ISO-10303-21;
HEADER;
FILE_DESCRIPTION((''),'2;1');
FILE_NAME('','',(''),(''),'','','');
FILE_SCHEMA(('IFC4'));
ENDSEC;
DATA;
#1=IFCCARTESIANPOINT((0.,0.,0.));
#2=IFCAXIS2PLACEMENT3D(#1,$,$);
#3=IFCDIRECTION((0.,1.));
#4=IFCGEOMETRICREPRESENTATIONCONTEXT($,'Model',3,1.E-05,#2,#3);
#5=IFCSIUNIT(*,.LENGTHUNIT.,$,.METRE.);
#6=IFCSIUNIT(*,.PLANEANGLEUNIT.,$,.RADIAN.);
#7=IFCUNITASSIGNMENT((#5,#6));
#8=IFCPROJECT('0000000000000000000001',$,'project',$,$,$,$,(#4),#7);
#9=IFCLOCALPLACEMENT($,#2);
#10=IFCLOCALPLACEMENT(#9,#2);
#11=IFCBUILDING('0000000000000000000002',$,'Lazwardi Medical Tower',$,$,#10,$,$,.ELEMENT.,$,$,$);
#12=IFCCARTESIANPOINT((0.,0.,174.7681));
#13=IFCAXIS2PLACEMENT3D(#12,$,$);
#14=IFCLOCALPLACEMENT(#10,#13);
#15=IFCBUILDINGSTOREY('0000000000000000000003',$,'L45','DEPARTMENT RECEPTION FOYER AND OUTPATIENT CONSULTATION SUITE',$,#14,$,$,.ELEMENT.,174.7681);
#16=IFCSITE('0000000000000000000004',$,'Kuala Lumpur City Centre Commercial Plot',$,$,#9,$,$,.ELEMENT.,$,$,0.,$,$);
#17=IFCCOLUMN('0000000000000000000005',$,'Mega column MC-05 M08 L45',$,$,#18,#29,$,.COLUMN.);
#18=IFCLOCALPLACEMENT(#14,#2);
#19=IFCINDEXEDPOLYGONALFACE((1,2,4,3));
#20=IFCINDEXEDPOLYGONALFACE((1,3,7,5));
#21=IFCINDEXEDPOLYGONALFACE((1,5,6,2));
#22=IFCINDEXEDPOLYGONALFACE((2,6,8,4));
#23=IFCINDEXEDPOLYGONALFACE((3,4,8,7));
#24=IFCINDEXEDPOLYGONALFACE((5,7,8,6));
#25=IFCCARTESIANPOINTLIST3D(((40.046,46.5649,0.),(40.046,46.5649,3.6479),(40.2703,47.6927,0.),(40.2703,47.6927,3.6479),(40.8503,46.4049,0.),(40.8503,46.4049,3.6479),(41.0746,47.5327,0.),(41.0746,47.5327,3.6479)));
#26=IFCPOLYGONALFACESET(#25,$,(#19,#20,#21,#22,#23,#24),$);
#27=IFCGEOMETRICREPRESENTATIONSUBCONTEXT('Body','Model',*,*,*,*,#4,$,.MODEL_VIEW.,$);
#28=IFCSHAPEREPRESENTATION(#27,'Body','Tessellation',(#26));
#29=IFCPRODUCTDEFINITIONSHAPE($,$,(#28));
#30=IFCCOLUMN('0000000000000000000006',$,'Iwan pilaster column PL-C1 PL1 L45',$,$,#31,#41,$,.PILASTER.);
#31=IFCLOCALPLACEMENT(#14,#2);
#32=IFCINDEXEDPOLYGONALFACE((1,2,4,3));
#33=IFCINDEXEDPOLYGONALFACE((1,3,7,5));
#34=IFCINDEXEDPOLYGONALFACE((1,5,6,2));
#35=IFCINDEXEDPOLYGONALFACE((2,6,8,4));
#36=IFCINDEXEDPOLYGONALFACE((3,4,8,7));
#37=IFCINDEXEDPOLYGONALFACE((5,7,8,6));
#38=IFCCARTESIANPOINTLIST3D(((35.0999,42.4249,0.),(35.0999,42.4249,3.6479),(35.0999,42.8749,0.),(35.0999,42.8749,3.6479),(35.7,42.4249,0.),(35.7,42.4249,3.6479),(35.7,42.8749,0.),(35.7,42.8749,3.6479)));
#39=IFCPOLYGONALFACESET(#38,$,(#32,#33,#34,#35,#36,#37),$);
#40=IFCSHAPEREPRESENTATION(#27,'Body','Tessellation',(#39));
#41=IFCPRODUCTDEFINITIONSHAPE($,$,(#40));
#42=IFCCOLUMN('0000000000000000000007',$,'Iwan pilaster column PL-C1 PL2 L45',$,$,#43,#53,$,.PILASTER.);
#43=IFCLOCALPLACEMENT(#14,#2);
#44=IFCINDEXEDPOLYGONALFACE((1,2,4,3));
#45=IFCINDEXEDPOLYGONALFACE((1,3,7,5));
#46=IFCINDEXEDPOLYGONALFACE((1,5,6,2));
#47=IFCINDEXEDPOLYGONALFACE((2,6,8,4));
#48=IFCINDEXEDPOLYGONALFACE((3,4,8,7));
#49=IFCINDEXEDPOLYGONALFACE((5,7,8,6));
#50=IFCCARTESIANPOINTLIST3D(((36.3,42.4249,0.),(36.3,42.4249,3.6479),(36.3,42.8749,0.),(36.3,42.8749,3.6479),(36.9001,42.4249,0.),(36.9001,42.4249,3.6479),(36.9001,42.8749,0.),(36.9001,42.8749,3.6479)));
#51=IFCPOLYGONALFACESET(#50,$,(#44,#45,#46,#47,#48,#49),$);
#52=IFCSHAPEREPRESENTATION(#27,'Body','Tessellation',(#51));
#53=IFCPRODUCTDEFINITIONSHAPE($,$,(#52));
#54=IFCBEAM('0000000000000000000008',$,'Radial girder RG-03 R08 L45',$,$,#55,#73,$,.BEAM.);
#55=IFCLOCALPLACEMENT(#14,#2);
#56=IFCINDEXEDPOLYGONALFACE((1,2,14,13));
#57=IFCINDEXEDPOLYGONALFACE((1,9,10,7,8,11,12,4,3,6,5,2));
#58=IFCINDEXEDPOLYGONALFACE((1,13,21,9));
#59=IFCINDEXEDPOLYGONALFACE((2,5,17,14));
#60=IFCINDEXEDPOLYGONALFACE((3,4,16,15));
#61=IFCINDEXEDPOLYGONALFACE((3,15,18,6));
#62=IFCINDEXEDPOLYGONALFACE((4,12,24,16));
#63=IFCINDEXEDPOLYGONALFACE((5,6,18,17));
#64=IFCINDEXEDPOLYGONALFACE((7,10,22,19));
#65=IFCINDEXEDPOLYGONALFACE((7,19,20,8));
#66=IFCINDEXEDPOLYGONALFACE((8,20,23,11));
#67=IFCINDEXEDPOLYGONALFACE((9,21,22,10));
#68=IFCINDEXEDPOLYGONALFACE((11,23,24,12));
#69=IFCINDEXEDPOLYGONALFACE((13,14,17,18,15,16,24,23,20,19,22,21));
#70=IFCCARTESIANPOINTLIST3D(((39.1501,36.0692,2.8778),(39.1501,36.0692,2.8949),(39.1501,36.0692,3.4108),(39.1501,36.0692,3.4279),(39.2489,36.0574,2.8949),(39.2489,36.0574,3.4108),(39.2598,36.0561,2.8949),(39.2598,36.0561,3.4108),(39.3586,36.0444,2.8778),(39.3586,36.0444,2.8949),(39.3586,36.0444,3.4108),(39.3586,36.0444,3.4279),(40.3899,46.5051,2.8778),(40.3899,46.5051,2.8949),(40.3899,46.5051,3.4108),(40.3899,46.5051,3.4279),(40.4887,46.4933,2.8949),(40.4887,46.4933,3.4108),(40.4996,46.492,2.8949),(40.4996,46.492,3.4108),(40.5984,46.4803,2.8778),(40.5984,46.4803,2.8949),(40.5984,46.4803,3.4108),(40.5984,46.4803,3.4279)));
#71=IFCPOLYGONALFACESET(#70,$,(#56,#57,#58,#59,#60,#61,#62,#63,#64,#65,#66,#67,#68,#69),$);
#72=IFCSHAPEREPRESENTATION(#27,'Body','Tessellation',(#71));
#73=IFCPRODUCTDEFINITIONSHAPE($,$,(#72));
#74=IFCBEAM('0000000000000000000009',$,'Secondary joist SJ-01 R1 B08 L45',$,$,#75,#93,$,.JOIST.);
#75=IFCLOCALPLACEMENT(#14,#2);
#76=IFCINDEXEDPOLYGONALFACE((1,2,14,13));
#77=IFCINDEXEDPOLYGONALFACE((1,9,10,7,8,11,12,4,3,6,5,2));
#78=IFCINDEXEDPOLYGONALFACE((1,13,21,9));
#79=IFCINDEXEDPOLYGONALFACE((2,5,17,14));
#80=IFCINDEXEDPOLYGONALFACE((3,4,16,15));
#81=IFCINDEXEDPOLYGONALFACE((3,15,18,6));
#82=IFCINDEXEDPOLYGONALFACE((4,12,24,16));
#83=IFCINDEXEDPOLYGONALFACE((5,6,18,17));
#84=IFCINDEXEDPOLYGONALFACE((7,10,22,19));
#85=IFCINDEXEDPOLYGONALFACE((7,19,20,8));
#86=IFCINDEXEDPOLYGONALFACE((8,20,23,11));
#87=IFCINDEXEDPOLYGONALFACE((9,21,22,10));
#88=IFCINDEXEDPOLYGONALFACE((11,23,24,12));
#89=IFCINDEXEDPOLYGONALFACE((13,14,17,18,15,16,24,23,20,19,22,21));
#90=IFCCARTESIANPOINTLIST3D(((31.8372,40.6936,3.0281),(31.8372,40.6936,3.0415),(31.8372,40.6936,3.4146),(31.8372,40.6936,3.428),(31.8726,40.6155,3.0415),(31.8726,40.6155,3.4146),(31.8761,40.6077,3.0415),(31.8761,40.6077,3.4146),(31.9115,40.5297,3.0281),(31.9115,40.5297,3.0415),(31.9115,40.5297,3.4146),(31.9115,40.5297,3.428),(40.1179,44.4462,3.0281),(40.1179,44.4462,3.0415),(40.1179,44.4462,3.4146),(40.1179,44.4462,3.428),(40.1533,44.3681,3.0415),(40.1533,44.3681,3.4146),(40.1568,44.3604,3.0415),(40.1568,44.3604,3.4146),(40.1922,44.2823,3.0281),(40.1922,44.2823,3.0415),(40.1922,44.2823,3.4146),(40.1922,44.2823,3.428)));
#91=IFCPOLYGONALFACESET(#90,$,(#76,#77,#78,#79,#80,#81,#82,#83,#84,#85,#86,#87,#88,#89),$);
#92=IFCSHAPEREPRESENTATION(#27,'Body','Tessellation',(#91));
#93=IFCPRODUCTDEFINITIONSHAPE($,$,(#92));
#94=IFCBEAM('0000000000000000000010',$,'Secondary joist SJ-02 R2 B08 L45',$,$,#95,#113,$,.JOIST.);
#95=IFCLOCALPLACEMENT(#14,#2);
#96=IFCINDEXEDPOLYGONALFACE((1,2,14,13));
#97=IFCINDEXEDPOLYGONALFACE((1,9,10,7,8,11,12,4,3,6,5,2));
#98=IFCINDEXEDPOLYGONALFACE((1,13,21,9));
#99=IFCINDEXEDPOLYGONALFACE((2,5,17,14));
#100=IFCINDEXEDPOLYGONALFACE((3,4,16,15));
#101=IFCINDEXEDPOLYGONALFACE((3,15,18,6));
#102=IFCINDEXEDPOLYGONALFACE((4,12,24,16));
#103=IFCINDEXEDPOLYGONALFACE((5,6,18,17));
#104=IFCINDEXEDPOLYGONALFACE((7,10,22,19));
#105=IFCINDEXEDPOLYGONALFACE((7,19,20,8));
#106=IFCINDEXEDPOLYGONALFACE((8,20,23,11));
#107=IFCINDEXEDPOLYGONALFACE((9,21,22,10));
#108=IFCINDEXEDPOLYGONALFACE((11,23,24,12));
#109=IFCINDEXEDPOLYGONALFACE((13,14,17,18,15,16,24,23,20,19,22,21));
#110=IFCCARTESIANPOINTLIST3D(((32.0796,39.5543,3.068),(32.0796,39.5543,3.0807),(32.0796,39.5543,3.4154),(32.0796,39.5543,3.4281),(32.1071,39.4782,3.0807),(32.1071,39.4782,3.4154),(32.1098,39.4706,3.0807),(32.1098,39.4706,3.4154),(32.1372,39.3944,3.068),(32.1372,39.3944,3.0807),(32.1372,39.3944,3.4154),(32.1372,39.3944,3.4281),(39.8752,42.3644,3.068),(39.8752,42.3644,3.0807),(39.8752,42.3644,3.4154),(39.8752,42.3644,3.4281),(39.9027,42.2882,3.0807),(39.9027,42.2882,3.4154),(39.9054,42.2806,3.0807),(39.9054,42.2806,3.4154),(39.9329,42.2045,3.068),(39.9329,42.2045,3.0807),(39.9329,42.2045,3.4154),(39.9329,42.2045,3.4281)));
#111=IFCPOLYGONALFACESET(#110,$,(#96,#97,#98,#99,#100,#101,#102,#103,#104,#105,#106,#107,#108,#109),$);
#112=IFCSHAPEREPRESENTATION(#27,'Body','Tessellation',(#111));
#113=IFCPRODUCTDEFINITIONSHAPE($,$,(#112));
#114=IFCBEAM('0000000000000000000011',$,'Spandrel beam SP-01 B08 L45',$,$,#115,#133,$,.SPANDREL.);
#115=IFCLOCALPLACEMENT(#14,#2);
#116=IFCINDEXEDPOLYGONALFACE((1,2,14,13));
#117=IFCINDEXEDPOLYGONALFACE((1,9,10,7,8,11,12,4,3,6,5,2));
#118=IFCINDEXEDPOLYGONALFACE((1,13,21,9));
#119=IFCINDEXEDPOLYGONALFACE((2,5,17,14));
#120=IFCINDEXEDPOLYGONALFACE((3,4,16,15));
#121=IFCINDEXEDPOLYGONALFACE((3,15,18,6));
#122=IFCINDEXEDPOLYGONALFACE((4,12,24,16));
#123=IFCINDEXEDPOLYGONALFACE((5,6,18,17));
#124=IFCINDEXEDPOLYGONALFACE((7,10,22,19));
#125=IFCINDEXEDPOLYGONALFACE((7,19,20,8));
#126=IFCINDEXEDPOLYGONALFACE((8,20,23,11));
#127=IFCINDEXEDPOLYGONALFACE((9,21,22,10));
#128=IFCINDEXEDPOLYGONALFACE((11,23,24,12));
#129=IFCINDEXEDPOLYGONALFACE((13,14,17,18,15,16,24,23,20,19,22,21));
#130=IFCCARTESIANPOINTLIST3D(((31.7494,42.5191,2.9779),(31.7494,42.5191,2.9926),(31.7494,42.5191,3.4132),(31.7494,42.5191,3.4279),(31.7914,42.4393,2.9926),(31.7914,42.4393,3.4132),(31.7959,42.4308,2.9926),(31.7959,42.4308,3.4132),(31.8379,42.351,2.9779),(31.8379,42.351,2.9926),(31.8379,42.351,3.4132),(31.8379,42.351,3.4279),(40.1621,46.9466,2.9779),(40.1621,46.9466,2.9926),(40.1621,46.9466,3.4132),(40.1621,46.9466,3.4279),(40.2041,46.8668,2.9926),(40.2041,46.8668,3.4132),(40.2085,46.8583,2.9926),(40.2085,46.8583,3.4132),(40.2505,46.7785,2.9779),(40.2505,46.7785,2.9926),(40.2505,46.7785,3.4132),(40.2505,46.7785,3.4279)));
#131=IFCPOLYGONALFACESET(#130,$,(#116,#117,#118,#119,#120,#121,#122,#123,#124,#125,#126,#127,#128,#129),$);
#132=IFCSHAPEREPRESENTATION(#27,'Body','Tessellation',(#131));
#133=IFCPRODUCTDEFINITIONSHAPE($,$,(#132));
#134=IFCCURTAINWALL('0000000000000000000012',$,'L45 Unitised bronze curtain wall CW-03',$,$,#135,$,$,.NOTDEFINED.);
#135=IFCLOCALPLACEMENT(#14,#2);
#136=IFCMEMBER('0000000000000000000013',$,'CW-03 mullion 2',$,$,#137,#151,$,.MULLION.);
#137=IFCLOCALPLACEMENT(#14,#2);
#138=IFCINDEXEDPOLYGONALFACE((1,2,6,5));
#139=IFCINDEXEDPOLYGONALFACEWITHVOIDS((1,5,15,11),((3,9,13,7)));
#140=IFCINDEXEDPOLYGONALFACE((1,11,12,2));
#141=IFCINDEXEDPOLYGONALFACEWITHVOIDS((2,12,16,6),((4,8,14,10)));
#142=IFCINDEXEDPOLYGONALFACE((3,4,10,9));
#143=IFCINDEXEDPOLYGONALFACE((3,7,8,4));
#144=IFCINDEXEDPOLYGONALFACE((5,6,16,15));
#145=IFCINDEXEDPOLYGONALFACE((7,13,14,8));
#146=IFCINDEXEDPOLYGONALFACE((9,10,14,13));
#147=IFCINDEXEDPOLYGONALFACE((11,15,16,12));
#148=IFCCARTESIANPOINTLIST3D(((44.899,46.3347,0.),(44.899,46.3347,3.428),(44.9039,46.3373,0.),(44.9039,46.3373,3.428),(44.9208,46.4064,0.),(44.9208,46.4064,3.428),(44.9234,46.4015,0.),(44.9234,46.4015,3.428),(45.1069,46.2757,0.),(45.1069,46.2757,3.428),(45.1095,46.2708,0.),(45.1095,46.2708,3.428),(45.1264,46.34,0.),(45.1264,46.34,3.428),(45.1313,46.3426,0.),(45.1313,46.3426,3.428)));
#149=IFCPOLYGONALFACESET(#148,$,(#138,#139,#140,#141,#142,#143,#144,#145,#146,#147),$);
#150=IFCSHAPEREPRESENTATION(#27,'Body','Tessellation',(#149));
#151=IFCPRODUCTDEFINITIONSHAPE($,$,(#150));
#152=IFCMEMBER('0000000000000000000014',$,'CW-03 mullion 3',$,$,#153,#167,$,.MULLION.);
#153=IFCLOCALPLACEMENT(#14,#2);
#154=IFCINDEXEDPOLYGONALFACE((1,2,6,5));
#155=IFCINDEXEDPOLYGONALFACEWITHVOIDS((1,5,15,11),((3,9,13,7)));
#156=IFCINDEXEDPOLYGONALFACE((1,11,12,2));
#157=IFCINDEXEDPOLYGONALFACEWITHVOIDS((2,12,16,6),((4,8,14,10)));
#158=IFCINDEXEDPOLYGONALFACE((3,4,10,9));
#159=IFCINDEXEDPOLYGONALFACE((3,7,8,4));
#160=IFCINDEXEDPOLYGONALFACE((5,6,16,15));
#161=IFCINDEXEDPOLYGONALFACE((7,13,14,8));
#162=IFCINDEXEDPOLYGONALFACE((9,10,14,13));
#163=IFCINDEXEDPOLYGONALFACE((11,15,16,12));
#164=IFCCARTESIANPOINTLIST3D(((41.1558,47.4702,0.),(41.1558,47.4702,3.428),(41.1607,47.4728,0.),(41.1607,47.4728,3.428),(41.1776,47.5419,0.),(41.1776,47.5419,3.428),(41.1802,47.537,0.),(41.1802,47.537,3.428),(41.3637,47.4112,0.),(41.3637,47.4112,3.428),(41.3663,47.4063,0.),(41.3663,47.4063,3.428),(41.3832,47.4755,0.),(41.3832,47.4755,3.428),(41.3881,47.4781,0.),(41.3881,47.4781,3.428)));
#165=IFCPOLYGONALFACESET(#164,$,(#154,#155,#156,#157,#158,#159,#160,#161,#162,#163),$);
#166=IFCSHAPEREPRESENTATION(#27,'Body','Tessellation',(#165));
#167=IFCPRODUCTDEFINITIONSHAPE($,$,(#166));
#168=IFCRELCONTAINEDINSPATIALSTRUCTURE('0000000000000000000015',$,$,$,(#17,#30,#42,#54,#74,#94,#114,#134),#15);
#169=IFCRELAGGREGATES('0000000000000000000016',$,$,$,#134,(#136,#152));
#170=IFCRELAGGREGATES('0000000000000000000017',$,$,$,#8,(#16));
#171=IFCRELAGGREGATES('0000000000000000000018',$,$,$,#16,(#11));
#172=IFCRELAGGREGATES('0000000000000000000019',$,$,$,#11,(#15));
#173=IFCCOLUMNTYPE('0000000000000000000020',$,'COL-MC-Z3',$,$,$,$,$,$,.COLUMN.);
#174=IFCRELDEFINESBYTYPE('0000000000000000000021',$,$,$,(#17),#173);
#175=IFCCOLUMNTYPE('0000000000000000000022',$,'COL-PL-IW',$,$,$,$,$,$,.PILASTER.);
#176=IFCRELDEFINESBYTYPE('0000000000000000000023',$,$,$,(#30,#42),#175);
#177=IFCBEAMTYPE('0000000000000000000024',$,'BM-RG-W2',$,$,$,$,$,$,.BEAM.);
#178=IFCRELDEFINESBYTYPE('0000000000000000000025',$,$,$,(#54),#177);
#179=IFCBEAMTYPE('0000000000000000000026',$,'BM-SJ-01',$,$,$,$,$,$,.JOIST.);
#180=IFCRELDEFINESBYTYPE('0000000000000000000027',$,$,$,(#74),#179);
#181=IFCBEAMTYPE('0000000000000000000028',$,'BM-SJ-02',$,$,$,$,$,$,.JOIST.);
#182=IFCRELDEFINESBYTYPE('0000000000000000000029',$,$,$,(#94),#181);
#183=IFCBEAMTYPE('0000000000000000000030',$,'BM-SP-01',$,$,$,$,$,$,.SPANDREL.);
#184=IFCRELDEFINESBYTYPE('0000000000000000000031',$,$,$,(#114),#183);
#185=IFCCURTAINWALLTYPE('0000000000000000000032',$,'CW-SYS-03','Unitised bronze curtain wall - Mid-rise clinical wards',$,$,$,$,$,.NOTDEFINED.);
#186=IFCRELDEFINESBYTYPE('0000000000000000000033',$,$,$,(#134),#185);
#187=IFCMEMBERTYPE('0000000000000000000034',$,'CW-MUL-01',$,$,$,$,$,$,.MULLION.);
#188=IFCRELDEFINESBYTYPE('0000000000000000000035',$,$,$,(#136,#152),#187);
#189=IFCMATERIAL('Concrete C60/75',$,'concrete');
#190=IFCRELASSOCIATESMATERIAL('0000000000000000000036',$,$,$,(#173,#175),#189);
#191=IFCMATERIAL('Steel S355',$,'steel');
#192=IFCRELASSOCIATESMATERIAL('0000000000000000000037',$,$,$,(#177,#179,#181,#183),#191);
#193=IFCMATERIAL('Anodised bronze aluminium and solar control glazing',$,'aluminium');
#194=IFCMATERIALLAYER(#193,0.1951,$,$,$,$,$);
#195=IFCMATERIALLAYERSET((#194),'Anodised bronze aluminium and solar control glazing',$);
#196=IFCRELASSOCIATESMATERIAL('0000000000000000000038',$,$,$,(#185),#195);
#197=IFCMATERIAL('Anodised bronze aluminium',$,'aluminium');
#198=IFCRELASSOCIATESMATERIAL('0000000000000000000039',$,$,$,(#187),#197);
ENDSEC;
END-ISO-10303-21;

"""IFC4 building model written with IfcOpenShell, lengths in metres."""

from ifc_helpers import new_model, si_unit, direction, frame, origin, origin_2d, place, context, subcontext, project, spatial, rectangle, hollow_rectangle, i_section, extrude, material, layer, layer_set, material_profile, profile_set, type_object, element, aggregate, save


model = new_model("IFC4")

# Units and contexts
model_context = context("Model", 3, precision=1e-05, world=origin(), true_north=direction((0.0, 1.0)))
body_context = subcontext(model_context, "Body", "Model", "MODEL_VIEW")
ifc_project = project(units=[si_unit("LENGTHUNIT", "METRE"), si_unit("PLANEANGLEUNIT", "RADIAN")], contexts=[model_context])

# Site, building, storey
site_placement = place(None, origin())
site = spatial("IfcSite", under=ifc_project, at=site_placement, Name="Kuala Lumpur City Centre Commercial Plot", CompositionType="ELEMENT", RefElevation=0.0)
building_placement = place(site_placement, origin())
building = spatial("IfcBuilding", under=site, at=building_placement, Name="Lazwardi Medical Tower", CompositionType="ELEMENT")
storey_placement = place(building_placement, frame((0.0, 0.0, 174.7681)))
storey = spatial("IfcBuildingStorey", under=building, at=storey_placement, Name="L45", Description="DEPARTMENT RECEPTION FOYER AND OUTPATIENT CONSULTATION SUITE", CompositionType="ELEMENT", Elevation=174.7681)

# Columns
ifc_material_1 = material(Name="Concrete C60/75", Category="concrete")
ifc_material_profile_1 = material_profile(ifc_material_1, rectangle(XDim=1.1499, YDim=0.8201, at=origin_2d()), Name="CFT-RECT 1150x820")
ifc_profile_set_1 = profile_set([ifc_material_profile_1], Name="Concrete C60/75")
column_type_1 = type_object("IfcColumnType", Name="COL-MC-Z3", PredefinedType="COLUMN", material=ifc_profile_set_1)
column_placement = place(storey_placement, frame((40.5603, 47.0488, 0.0), z_axis=(0.0, 0.0, 1.0), x_axis=(0.19509, 0.980785, 0.0)))
element("IfcColumn", 1, at=column_placement, inside=storey, type_object=column_type_1, Name="Mega column MC-05 M08 L45", PredefinedType="COLUMN", context=body_context, shape_type="SweptSolid", body=[
    extrude(rectangle(XDim=1.1499, YDim=0.8201, at=origin_2d()), origin(), (0.0, 0.0, 1.0), 3.6479),
])
ifc_material_profile_2 = material_profile(ifc_material_1, rectangle(XDim=0.6001, YDim=0.45, at=origin_2d()), Name="RC 600x450")
ifc_profile_set_2 = profile_set([ifc_material_profile_2], Name="Concrete C60/75")
column_type_2 = type_object("IfcColumnType", Name="COL-PL-IW", PredefinedType="PILASTER", material=ifc_profile_set_2)
for number, where, z_axis, x_axis, name in (
    (2, (35.3999, 42.6499, 0.0), (0.0, 0.0, 1.0), (1.0, 0.0, 0.0), "Iwan pilaster column PL-C1 PL1 L45"),
    (3, (36.6001, 42.6499, 0.0), (0.0, 0.0, 1.0), (1.0, 0.0, 0.0), "Iwan pilaster column PL-C1 PL2 L45"),
):
    element("IfcColumn", number, at=place(storey_placement, frame(where, z_axis=z_axis, x_axis=x_axis)), inside=storey, type_object=column_type_2, Name=name, PredefinedType="PILASTER", context=body_context, shape_type="SweptSolid", body=[
        extrude(rectangle(XDim=0.6001, YDim=0.45, at=origin_2d()), origin(), (0.0, 0.0, 1.0), 3.6479),
    ])

# Beams
ifc_material_2 = material(Name="Steel S355", Category="steel")
ifc_material_profile_3 = material_profile(ifc_material_2, i_section(OverallWidth=0.21, OverallDepth=0.55, WebThickness=0.011, FlangeThickness=0.0171, at=origin_2d()), Name="IPE 550")
ifc_profile_set_3 = profile_set([ifc_material_profile_3], Name="Steel S355")
beam_type_1 = type_object("IfcBeamType", Name="BM-RG-W2", PredefinedType="BEAM", material=ifc_profile_set_3)
beam_1_placement = place(storey_placement, frame((40.4941, 46.4927, 3.1528), z_axis=(-0.117968, -0.993017, 0.0), x_axis=(0.993017, -0.117968, 0.0)))
element("IfcBeam", 4, at=beam_1_placement, inside=storey, type_object=beam_type_1, Name="Radial girder RG-03 R08 L45", PredefinedType="BEAM", context=body_context, shape_type="SweptSolid", body=[
    extrude(i_section(OverallWidth=0.21, OverallDepth=0.55, WebThickness=0.011, FlangeThickness=0.0171, at=origin_2d()), origin(), (0.0, 0.0, 1.0), 10.5093),
])
ifc_material_profile_4 = material_profile(ifc_material_2, i_section(OverallWidth=0.1799, OverallDepth=0.3999, WebThickness=0.0085, FlangeThickness=0.0134, at=origin_2d()), Name="IPE 400")
ifc_profile_set_4 = profile_set([ifc_material_profile_4], Name="Steel S355")
beam_type_2 = type_object("IfcBeamType", Name="BM-SJ-01", PredefinedType="JOIST", material=ifc_profile_set_4)
beam_2_placement = place(storey_placement, frame((40.155, 44.3643, 3.228), z_axis=(-0.910834, -0.412773, 0.0), x_axis=(0.412773, -0.910834, 0.0)))
element("IfcBeam", 5, at=beam_2_placement, inside=storey, type_object=beam_type_2, Name="Secondary joist SJ-01 R1 B08 L45", PredefinedType="JOIST", context=body_context, shape_type="SweptSolid", body=[
    extrude(i_section(OverallWidth=0.1799, OverallDepth=0.3999, WebThickness=0.0085, FlangeThickness=0.0134, at=origin_2d()), origin(), (0.0, 0.0, 1.0), 9.0913),
])
ifc_material_profile_5 = material_profile(ifc_material_2, i_section(OverallWidth=0.1699, OverallDepth=0.3601, WebThickness=0.0081, FlangeThickness=0.0127, at=origin_2d()), Name="IPE 360")
ifc_profile_set_5 = profile_set([ifc_material_profile_5], Name="Steel S355")
beam_type_3 = type_object("IfcBeamType", Name="BM-SJ-02", PredefinedType="JOIST", material=ifc_profile_set_5)
beam_3_placement = place(storey_placement, frame((39.9041, 42.2844, 3.248), z_axis=(-0.940748, -0.339106, 0.0), x_axis=(0.339106, -0.940748, 0.0)))
element("IfcBeam", 6, at=beam_3_placement, inside=storey, type_object=beam_type_3, Name="Secondary joist SJ-02 R2 B08 L45", PredefinedType="JOIST", context=body_context, shape_type="SweptSolid", body=[
    extrude(i_section(OverallWidth=0.1699, OverallDepth=0.3601, WebThickness=0.0081, FlangeThickness=0.0127, at=origin_2d()), origin(), (0.0, 0.0, 1.0), 8.2866),
])
ifc_material_profile_6 = material_profile(ifc_material_2, i_section(OverallWidth=0.1899, OverallDepth=0.45, WebThickness=0.0095, FlangeThickness=0.0146, at=origin_2d()), Name="IPE 450")
ifc_profile_set_6 = profile_set([ifc_material_profile_6], Name="Steel S355")
beam_type_4 = type_object("IfcBeamType", Name="BM-SP-01", PredefinedType="SPANDREL", material=ifc_profile_set_6)
beam_4_placement = place(storey_placement, frame((40.2063, 46.8625, 3.2029), z_axis=(-0.884927, -0.465731, 0.0), x_axis=(0.465731, -0.884927, 0.0)))
element("IfcBeam", 7, at=beam_4_placement, inside=storey, type_object=beam_type_4, Name="Spandrel beam SP-01 B08 L45", PredefinedType="SPANDREL", context=body_context, shape_type="SweptSolid", body=[
    extrude(i_section(OverallWidth=0.1899, OverallDepth=0.45, WebThickness=0.0095, FlangeThickness=0.0146, at=origin_2d()), origin(), (0.0, 0.0, 1.0), 9.5066),
])

# Curtain wall, members
ifc_material_3 = material(Name="Anodised bronze aluminium and solar control glazing", Category="aluminium")
ifc_layer_1 = layer(ifc_material_3, 0.1951)
ifc_layer_set_1 = layer_set([ifc_layer_1], Name="Anodised bronze aluminium and solar control glazing")
curtain_wall_type = type_object("IfcCurtainWallType", Name="CW-SYS-03", Description="Unitised bronze curtain wall - Mid-rise clinical wards", PredefinedType="NOTDEFINED", material=ifc_layer_set_1)
curtain_wall_placement = place(storey_placement, origin())
curtain_wall = element("IfcCurtainWall", 8, at=curtain_wall_placement, inside=storey, type_object=curtain_wall_type, Name="L45 Unitised bronze curtain wall CW-03", PredefinedType="NOTDEFINED")
ifc_material_4 = material(Name="Anodised bronze aluminium", Category="aluminium")
ifc_material_profile_7 = material_profile(ifc_material_4, hollow_rectangle(XDim=0.075, YDim=0.22, WallThickness=0.0039, at=origin_2d()), Name="ALU-MULLION 220x75x4")
ifc_profile_set_7 = profile_set([ifc_material_profile_7], Name="Anodised bronze aluminium")
member_type_1 = type_object("IfcMemberType", Name="CW-MUL-01", PredefinedType="MULLION", material=ifc_profile_set_7)
member_1_placement = place(storey_placement, frame((45.0151, 46.3386, 0.0), z_axis=(0.0, 0.0, 1.0), x_axis=(-0.290281, -0.956942, 0.0)))
member_1 = element("IfcMember", 9, at=member_1_placement, type_object=member_type_1, Name="CW-03 mullion 2", PredefinedType="MULLION", context=body_context, shape_type="SweptSolid", body=[
    extrude(hollow_rectangle(XDim=0.075, YDim=0.22, WallThickness=0.0039, at=origin_2d()), origin(), (0.0, 0.0, 1.0), 3.428),
])
member_2_placement = place(storey_placement, frame((41.272, 47.4741, 0.0), z_axis=(0.0, 0.0, 1.0), x_axis=(-0.290281, -0.956942, 0.0)))
member_2 = element("IfcMember", 10, at=member_2_placement, type_object=member_type_1, Name="CW-03 mullion 3", PredefinedType="MULLION", context=body_context, shape_type="SweptSolid", body=[
    extrude(hollow_rectangle(XDim=0.075, YDim=0.22, WallThickness=0.0039, at=origin_2d()), origin(), (0.0, 0.0, 1.0), 3.428),
])
aggregate(curtain_wall, [member_1, member_2])

save(model, "model.ifc")
